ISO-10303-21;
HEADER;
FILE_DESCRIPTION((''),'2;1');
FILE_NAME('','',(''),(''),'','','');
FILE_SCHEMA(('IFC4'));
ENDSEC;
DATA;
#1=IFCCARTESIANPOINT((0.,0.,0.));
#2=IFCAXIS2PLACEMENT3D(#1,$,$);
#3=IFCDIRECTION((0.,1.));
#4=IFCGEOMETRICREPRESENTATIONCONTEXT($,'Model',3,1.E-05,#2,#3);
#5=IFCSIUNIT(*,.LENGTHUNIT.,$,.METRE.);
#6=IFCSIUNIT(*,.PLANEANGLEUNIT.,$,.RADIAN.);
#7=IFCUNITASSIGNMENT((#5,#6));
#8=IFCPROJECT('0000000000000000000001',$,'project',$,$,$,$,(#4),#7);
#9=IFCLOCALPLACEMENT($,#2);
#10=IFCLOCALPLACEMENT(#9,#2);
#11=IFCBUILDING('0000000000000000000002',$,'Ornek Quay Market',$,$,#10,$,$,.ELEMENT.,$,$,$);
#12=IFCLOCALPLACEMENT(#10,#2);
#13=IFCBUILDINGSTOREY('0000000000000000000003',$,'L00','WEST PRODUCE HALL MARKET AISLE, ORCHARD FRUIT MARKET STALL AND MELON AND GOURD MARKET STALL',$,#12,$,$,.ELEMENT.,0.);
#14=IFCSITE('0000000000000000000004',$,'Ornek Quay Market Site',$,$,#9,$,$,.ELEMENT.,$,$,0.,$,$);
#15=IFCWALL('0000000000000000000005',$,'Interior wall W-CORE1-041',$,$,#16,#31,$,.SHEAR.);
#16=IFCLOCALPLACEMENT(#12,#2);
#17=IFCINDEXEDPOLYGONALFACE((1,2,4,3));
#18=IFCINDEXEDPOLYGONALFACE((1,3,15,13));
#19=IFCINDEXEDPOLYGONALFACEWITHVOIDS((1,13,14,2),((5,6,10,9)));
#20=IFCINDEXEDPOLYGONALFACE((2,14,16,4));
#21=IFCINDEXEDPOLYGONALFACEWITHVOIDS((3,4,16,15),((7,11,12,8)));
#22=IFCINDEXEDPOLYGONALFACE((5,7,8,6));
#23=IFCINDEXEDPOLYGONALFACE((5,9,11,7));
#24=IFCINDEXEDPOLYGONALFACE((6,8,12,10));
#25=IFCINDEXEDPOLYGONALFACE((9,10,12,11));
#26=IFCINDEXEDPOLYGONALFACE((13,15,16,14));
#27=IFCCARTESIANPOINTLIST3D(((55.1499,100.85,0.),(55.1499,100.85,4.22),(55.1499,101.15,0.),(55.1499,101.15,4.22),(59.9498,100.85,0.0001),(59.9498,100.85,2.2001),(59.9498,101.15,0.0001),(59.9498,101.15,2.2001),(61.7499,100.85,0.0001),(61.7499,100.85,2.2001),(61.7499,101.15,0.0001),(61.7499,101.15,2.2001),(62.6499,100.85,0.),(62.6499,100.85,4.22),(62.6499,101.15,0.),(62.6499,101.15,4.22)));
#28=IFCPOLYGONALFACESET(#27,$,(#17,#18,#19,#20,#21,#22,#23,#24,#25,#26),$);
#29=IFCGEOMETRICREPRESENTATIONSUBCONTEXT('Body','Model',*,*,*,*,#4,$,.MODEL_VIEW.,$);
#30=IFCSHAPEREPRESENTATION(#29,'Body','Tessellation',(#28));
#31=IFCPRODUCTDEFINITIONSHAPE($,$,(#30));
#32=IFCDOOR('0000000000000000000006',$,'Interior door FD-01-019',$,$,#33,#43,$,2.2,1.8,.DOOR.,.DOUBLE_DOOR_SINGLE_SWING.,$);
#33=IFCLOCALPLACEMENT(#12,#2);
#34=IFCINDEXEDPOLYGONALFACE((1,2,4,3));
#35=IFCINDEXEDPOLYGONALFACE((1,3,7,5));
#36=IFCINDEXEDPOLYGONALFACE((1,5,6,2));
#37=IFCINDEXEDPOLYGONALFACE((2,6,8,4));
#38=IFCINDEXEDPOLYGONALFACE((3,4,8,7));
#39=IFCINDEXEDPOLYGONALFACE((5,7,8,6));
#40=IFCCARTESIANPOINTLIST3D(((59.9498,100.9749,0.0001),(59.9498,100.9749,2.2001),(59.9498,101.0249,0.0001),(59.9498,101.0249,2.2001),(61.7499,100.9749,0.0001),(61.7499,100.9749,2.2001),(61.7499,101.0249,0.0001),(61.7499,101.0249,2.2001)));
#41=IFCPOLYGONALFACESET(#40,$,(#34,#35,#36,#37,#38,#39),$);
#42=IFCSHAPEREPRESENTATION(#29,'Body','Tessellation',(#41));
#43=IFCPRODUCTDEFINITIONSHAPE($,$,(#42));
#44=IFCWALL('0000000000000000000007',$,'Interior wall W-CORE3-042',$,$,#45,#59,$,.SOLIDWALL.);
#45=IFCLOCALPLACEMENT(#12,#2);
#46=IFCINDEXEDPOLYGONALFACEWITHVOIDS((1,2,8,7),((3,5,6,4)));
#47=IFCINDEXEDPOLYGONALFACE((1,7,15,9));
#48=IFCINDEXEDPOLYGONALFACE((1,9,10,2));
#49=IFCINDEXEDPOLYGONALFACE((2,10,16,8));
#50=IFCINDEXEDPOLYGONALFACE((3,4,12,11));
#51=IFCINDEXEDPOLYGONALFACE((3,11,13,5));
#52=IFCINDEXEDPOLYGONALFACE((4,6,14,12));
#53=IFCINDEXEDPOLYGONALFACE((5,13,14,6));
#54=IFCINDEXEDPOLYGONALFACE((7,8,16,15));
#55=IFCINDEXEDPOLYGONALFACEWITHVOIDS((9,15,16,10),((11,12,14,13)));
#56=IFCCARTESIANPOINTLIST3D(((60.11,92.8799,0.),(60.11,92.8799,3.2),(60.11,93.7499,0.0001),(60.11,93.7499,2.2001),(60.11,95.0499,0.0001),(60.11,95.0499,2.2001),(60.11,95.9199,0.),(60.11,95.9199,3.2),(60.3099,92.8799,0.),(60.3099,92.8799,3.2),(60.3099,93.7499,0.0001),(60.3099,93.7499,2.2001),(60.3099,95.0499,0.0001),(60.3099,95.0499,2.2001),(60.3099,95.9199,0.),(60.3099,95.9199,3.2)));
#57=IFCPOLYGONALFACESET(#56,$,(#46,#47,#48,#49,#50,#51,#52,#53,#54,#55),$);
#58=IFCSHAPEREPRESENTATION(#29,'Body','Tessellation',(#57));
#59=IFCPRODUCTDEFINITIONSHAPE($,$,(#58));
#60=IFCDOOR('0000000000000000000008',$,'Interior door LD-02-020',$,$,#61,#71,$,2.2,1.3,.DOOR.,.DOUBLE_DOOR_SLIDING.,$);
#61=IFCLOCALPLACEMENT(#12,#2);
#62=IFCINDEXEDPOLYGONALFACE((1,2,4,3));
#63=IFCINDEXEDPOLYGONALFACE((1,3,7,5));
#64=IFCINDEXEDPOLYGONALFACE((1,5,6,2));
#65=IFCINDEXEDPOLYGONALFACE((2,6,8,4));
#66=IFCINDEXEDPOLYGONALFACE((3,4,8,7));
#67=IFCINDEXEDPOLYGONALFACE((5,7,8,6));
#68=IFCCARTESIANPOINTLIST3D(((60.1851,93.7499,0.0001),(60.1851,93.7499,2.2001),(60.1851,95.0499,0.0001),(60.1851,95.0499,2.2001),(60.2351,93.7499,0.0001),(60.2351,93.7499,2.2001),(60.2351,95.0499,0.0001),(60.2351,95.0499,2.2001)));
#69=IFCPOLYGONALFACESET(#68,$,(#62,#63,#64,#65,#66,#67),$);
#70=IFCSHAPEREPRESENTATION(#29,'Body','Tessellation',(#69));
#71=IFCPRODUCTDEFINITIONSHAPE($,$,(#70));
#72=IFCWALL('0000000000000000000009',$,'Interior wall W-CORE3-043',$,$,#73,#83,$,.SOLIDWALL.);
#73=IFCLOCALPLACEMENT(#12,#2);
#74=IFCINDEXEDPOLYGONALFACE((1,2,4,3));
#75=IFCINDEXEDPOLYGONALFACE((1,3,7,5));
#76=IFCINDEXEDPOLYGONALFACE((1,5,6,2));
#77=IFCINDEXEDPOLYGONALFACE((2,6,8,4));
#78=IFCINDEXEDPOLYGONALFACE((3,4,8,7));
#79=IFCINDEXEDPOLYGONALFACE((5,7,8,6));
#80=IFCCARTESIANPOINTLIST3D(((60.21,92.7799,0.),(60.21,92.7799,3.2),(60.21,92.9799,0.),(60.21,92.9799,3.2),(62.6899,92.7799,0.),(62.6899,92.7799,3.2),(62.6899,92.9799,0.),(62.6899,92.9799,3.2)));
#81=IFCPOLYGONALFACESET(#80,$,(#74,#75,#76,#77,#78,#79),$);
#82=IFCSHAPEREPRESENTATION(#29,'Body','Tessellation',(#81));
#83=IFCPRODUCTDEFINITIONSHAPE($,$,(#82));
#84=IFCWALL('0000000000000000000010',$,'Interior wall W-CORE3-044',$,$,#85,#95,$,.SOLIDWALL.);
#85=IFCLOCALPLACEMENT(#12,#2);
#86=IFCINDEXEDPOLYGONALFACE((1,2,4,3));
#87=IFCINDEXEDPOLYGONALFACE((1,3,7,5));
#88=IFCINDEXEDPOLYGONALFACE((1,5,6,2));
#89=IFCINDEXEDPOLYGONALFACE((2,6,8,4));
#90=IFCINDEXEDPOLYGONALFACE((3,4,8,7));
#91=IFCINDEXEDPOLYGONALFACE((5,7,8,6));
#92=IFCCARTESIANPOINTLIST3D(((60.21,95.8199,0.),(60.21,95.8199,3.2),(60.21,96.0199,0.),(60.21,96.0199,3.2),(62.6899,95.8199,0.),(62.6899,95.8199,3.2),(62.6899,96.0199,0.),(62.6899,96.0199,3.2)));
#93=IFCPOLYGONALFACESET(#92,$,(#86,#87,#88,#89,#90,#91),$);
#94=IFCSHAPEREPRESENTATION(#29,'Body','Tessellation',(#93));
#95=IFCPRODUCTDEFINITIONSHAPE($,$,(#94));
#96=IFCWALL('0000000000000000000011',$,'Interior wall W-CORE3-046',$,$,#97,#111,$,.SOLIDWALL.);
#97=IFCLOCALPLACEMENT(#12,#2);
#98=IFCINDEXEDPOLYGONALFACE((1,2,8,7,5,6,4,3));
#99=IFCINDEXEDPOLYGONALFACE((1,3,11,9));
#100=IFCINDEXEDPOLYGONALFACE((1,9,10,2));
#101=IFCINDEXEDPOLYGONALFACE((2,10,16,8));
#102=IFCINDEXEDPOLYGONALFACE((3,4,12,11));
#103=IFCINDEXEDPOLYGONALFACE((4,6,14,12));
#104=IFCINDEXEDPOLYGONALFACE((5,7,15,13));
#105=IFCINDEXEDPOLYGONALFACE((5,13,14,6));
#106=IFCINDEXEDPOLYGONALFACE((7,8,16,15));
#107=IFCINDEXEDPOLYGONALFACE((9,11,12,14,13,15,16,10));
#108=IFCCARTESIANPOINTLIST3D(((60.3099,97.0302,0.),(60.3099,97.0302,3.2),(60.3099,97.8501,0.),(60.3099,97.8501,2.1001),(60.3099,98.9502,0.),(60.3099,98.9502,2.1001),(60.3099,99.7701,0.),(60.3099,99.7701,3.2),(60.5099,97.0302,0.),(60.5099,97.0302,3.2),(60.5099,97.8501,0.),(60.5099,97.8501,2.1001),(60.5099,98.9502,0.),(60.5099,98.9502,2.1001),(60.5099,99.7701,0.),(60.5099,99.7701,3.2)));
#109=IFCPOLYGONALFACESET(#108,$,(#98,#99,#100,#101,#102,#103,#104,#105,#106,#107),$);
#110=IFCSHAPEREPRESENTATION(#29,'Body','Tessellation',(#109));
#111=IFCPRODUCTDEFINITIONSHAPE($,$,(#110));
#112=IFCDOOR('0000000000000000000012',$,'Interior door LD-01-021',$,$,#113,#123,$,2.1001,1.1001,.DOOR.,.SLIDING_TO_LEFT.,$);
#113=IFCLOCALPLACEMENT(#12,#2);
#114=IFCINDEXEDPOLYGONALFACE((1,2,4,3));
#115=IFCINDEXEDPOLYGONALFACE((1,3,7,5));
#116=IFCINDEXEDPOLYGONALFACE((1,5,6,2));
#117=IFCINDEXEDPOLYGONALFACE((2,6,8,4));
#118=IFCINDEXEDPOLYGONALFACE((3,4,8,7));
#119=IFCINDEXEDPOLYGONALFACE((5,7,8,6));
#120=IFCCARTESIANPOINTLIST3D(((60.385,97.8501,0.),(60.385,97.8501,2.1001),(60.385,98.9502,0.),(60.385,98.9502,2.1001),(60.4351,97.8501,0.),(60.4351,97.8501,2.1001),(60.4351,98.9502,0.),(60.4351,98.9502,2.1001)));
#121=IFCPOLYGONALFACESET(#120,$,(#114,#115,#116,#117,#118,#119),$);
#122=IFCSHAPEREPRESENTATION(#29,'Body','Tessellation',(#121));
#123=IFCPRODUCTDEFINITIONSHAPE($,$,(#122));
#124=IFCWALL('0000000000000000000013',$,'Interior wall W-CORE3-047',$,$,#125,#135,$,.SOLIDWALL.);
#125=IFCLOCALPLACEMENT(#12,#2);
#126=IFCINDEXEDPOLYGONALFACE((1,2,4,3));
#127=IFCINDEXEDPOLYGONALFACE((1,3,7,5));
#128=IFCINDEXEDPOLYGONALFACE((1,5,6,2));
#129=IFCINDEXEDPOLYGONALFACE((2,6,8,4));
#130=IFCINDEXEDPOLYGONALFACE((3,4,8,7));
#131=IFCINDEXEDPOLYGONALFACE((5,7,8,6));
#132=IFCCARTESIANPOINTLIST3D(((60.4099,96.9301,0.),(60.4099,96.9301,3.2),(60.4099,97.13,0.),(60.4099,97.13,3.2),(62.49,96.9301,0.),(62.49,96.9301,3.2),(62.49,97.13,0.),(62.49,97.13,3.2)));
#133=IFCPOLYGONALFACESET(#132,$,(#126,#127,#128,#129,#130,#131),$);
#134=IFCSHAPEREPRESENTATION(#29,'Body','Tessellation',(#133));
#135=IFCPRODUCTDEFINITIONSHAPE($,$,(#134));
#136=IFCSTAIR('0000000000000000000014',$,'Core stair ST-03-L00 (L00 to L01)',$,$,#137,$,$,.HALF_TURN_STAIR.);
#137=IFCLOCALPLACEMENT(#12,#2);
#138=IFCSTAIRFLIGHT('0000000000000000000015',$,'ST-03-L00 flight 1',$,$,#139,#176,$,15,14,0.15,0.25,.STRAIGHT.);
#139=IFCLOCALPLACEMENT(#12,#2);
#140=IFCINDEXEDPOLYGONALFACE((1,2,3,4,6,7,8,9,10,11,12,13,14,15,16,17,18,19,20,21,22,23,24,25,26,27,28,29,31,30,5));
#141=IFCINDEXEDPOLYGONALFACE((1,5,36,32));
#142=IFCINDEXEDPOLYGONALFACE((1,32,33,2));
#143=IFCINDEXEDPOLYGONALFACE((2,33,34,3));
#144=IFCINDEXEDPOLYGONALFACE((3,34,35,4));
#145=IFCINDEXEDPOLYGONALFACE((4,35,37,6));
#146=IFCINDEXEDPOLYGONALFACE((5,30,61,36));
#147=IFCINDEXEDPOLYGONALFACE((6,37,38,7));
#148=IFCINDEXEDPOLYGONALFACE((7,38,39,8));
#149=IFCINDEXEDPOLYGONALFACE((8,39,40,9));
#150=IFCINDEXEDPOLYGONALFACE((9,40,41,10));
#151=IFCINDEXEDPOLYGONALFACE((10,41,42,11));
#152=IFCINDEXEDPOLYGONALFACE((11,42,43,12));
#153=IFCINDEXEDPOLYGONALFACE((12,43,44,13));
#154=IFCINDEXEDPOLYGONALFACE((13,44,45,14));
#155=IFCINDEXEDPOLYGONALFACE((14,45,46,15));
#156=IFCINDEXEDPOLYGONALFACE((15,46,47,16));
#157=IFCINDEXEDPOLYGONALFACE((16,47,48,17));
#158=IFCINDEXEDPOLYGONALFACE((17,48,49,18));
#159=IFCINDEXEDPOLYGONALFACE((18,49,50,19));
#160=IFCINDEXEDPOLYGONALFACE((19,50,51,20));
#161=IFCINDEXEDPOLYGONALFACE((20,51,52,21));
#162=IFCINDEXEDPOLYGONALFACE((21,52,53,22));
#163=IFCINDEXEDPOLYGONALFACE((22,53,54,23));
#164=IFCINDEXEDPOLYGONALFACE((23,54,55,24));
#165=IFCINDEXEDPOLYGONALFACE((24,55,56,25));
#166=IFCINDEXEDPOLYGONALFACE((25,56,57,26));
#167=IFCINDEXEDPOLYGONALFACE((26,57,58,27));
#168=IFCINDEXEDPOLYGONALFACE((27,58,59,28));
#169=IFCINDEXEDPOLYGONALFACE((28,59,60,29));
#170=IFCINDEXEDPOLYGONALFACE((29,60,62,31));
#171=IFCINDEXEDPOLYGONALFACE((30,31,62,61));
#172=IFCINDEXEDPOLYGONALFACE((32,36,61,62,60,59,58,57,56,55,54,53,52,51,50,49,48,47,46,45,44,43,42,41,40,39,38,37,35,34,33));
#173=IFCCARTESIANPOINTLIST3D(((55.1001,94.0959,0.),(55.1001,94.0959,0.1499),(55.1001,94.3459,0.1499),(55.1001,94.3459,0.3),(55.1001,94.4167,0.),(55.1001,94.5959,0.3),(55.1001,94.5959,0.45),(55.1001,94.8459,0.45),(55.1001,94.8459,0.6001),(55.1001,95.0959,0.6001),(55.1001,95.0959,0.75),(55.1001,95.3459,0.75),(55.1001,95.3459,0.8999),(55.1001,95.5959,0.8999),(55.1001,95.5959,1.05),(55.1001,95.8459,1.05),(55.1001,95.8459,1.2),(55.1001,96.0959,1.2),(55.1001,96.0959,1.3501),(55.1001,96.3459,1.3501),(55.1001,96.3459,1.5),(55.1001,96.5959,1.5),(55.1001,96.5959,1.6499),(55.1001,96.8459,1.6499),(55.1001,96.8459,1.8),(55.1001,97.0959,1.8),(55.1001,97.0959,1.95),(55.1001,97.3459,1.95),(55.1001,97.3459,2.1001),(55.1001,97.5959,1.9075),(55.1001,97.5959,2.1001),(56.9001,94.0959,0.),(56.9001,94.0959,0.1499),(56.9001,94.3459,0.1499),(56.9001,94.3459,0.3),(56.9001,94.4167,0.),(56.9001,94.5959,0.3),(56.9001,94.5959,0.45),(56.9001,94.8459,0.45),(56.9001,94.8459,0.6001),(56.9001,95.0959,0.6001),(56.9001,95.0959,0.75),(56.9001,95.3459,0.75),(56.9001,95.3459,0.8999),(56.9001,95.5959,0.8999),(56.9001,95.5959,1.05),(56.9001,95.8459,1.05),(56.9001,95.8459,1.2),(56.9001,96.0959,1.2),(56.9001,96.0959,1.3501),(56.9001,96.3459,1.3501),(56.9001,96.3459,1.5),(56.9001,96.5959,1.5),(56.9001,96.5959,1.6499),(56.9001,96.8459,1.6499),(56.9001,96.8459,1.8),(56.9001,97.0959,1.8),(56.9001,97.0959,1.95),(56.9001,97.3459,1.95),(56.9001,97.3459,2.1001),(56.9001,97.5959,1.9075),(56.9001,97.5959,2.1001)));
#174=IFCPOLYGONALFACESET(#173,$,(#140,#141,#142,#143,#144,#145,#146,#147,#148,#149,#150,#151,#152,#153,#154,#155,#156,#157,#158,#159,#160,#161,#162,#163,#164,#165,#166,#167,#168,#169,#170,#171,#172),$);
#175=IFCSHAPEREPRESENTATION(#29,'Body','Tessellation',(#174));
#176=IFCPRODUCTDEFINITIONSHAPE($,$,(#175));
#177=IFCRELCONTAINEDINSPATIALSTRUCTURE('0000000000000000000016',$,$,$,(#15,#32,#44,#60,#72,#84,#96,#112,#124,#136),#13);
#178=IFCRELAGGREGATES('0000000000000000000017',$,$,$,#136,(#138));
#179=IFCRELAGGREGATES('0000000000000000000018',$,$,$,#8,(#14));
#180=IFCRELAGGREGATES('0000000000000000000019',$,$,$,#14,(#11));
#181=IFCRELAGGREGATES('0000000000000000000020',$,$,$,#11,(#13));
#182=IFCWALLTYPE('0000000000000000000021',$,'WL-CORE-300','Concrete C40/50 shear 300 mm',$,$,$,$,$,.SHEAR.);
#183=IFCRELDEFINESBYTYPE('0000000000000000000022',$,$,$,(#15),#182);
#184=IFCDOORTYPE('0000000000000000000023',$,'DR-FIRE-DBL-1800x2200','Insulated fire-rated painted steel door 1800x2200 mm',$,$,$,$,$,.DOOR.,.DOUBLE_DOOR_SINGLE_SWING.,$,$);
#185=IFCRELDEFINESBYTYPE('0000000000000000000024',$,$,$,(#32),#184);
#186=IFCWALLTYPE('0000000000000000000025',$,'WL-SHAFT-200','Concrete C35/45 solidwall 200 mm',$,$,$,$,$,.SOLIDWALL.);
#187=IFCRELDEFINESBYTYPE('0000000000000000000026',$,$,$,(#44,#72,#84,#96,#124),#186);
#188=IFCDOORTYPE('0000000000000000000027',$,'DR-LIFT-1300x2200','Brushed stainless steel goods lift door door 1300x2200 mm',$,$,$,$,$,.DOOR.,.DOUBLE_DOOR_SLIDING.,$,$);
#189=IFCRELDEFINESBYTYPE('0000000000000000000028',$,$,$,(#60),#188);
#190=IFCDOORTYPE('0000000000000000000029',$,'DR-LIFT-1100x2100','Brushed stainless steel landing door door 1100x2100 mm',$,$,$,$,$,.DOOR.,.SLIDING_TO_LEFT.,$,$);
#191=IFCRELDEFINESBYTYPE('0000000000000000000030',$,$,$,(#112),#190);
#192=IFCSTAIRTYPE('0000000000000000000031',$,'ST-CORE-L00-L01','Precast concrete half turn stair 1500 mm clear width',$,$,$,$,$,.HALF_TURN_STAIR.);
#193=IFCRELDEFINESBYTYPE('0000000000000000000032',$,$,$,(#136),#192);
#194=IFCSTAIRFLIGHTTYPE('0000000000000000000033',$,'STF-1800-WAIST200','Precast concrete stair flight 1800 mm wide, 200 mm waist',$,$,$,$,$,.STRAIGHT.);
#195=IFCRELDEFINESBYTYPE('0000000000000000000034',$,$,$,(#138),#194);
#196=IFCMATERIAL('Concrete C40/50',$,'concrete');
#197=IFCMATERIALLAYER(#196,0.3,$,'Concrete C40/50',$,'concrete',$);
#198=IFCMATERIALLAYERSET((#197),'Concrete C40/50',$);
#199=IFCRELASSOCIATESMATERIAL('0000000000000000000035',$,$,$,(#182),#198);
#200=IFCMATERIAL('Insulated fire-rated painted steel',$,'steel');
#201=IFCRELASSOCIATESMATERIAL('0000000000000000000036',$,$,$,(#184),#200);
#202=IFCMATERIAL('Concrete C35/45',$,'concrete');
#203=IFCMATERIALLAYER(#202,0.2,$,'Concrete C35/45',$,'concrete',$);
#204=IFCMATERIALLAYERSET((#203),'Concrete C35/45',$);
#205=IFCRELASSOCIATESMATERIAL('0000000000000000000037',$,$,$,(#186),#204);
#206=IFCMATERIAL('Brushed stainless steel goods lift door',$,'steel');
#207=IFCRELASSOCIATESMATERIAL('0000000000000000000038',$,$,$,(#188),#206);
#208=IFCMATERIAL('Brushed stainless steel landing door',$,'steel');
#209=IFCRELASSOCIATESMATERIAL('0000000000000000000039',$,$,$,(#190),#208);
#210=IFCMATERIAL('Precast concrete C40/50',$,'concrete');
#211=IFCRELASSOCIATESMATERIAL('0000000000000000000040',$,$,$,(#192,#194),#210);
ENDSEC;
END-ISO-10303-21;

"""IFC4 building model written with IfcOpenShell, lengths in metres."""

from ifc_helpers import new_model, si_unit, direction, frame, frame_2d, origin, place, context, subcontext, project, spatial, polyline, rectangle, outline, extrude, material, layer, layer_set, type_object, element, fill, aggregate, save


model = new_model("IFC4")

# Units and contexts
model_context = context("Model", 3, precision=1e-05, world=origin(), true_north=direction((0.0, 1.0)))
body_context = subcontext(model_context, "Body", "Model", "MODEL_VIEW")
ifc_project = project(units=[si_unit("LENGTHUNIT", "METRE"), si_unit("PLANEANGLEUNIT", "RADIAN")], contexts=[model_context])

# Site, building, storey
site_placement = place(None, origin())
site = spatial("IfcSite", under=ifc_project, at=site_placement, Name="Ornek Quay Market Site", CompositionType="ELEMENT", RefElevation=0.0)
building_placement = place(site_placement, origin())
building = spatial("IfcBuilding", under=site, at=building_placement, Name="Ornek Quay Market", CompositionType="ELEMENT")
storey_placement = place(building_placement, origin())
storey = spatial("IfcBuildingStorey", under=building, at=storey_placement, Name="L00", Description="WEST PRODUCE HALL MARKET AISLE, ORCHARD FRUIT MARKET STALL AND MELON AND GOURD MARKET STALL", CompositionType="ELEMENT", Elevation=0.0)

# Shared definitions
ifc_material_1 = material(Name="Concrete C40/50", Category="concrete")

# Shared definitions
ifc_material_2 = material(Name="Concrete C35/45", Category="concrete")

# Walls, openings, doors
ifc_layer_1 = layer(ifc_material_1, 0.3, Name="Concrete C40/50", Category="concrete")
ifc_layer_set_1 = layer_set([ifc_layer_1], Name="Concrete C40/50")
wall_type_1 = type_object("IfcWallType", Name="WL-CORE-300", Description="Concrete C40/50 shear 300 mm", PredefinedType="SHEAR", material=ifc_layer_set_1)
ifc_material_3 = material(Name="Insulated fire-rated painted steel", Category="steel")
wall_1_placement = place(storey_placement, frame((55.1499, 101.0, 0.0), z_axis=(0.0, 0.0, 1.0), x_axis=(1.0, 0.0, 0.0)))
wall_1 = element("IfcWall", 1, at=wall_1_placement, inside=storey, type_object=wall_type_1, Name="Interior wall W-CORE1-041", PredefinedType="SHEAR", context=body_context, shape_type="SweptSolid", body=[
    extrude(rectangle(XDim=7.5, YDim=0.3, at=frame_2d((3.75, 0.0))), origin(), (0.0, 0.0, 1.0), 4.22),
])
opening_1_placement = place(wall_1_placement, frame((4.8, 0.0, 0.0)))
opening_1 = element("IfcOpeningElement", 2, at=opening_1_placement, cuts=wall_1, PredefinedType="OPENING", context=body_context, shape_type="SweptSolid", body=[
    extrude(rectangle(XDim=1.8, YDim=2.2, at=frame_2d((0.8999, 1.1001))), frame((0.0, 0.1599, 0.0), z_axis=(0.0, -1.0, 0.0), x_axis=(1.0, 0.0, 0.0)), (0.0, 0.0, 1.0), 0.3201),
])
door_type_1 = type_object("IfcDoorType", Name="DR-FIRE-DBL-1800x2200", Description="Insulated fire-rated painted steel door 1800x2200 mm", OperationType="DOUBLE_DOOR_SINGLE_SWING", PredefinedType="DOOR", material=ifc_material_3)
door_1_placement = place(opening_1_placement, origin())
door_1 = element("IfcDoor", 3, at=door_1_placement, inside=storey, type_object=door_type_1, Name="Interior door FD-01-019", OperationType="DOUBLE_DOOR_SINGLE_SWING", OverallHeight=2.2, OverallWidth=1.8, PredefinedType="DOOR", context=body_context, shape_type="SweptSolid", body=[
    extrude(rectangle(XDim=1.8, YDim=2.2, at=frame_2d((0.8999, 1.1001))), frame((0.0, 0.0249, 0.0), z_axis=(0.0, -1.0, 0.0), x_axis=(1.0, 0.0, 0.0)), (0.0, 0.0, 1.0), 0.05),
])
fill(opening_1, door_1)
ifc_layer_2 = layer(ifc_material_2, 0.2, Name="Concrete C35/45", Category="concrete")
ifc_layer_set_2 = layer_set([ifc_layer_2], Name="Concrete C35/45")
wall_type_2 = type_object("IfcWallType", Name="WL-SHAFT-200", Description="Concrete C35/45 solidwall 200 mm", PredefinedType="SOLIDWALL", material=ifc_layer_set_2)
wall_2_placement = place(storey_placement, frame((60.21, 92.8799, 0.0), z_axis=(0.0, 0.0, 1.0), x_axis=(0.0, 1.0, 0.0)))
wall_2 = element("IfcWall", 4, at=wall_2_placement, inside=storey, type_object=wall_type_2, Name="Interior wall W-CORE3-042", PredefinedType="SOLIDWALL", context=body_context, shape_type="SweptSolid", body=[
    extrude(rectangle(XDim=3.04, YDim=0.2, at=frame_2d((1.52, 0.0))), origin(), (0.0, 0.0, 1.0), 3.2),
])
opening_2_placement = place(wall_2_placement, frame((0.8701, 0.0, 0.0)))
opening_2 = element("IfcOpeningElement", 5, at=opening_2_placement, cuts=wall_2, PredefinedType="OPENING", context=body_context, shape_type="SweptSolid", body=[
    extrude(rectangle(XDim=1.3, YDim=2.2, at=frame_2d((0.6499, 1.1001))), frame((0.0, 0.1099, 0.0), z_axis=(0.0, -1.0, 0.0), x_axis=(1.0, 0.0, 0.0)), (0.0, 0.0, 1.0), 0.22),
])
ifc_material_4 = material(Name="Brushed stainless steel goods lift door", Category="steel")
door_type_2 = type_object("IfcDoorType", Name="DR-LIFT-1300x2200", Description="Brushed stainless steel goods lift door door 1300x2200 mm", OperationType="DOUBLE_DOOR_SLIDING", PredefinedType="DOOR", material=ifc_material_4)
door_2_placement = place(opening_2_placement, origin())
door_2 = element("IfcDoor", 6, at=door_2_placement, inside=storey, type_object=door_type_2, Name="Interior door LD-02-020", OperationType="DOUBLE_DOOR_SLIDING", OverallHeight=2.2, OverallWidth=1.3, PredefinedType="DOOR", context=body_context, shape_type="SweptSolid", body=[
    extrude(rectangle(XDim=1.3, YDim=2.2, at=frame_2d((0.6499, 1.1001))), frame((0.0, 0.0249, 0.0), z_axis=(0.0, -1.0, 0.0), x_axis=(1.0, 0.0, 0.0)), (0.0, 0.0, 1.0), 0.05),
])
fill(opening_2, door_2)

# Walls
for number, where, z_axis, x_axis, name in (
    (7, (60.21, 92.8799, 0.0), (0.0, 0.0, 1.0), (1.0, 0.0, 0.0), "Interior wall W-CORE3-043"),
    (8, (60.21, 95.9199, 0.0), (0.0, 0.0, 1.0), (1.0, 0.0, 0.0), "Interior wall W-CORE3-044"),
):
    element("IfcWall", number, at=place(storey_placement, frame(where, z_axis=z_axis, x_axis=x_axis)), inside=storey, type_object=wall_type_2, Name=name, PredefinedType="SOLIDWALL", context=body_context, shape_type="SweptSolid", body=[
        extrude(rectangle(XDim=2.48, YDim=0.2, at=frame_2d((1.24, 0.0))), origin(), (0.0, 0.0, 1.0), 3.2),
    ])

# Wall, opening, door
wall_3_placement = place(storey_placement, frame((60.4099, 97.03, 0.0), z_axis=(0.0, 0.0, 1.0), x_axis=(0.0, 1.0, 0.0)))
wall_3 = element("IfcWall", 9, at=wall_3_placement, inside=storey, type_object=wall_type_2, Name="Interior wall W-CORE3-046", PredefinedType="SOLIDWALL", context=body_context, shape_type="SweptSolid", body=[
    extrude(rectangle(XDim=2.74, YDim=0.2, at=frame_2d((1.3701, 0.0))), origin(), (0.0, 0.0, 1.0), 3.2),
])
opening_3_placement = place(wall_3_placement, frame((0.8201, 0.0, 0.0)))
opening_3 = element("IfcOpeningElement", 10, at=opening_3_placement, cuts=wall_3, PredefinedType="OPENING", context=body_context, shape_type="SweptSolid", body=[
    extrude(rectangle(XDim=1.1001, YDim=2.1001, at=frame_2d((0.55, 1.05))), frame((0.0, 0.1099, 0.0), z_axis=(0.0, -1.0, 0.0), x_axis=(1.0, 0.0, 0.0)), (0.0, 0.0, 1.0), 0.22),
])
ifc_material_5 = material(Name="Brushed stainless steel landing door", Category="steel")
door_type_3 = type_object("IfcDoorType", Name="DR-LIFT-1100x2100", Description="Brushed stainless steel landing door door 1100x2100 mm", OperationType="SLIDING_TO_LEFT", PredefinedType="DOOR", material=ifc_material_5)
door_3_placement = place(opening_3_placement, origin())
door_3 = element("IfcDoor", 11, at=door_3_placement, inside=storey, type_object=door_type_3, Name="Interior door LD-01-021", OperationType="SLIDING_TO_LEFT", OverallHeight=2.1001, OverallWidth=1.1001, PredefinedType="DOOR", context=body_context, shape_type="SweptSolid", body=[
    extrude(rectangle(XDim=1.1001, YDim=2.1001, at=frame_2d((0.55, 1.05))), frame((0.0, 0.0249, 0.0), z_axis=(0.0, -1.0, 0.0), x_axis=(1.0, 0.0, 0.0)), (0.0, 0.0, 1.0), 0.05),
])
fill(opening_3, door_3)

# Wall
wall_4_placement = place(storey_placement, frame((60.4099, 97.03, 0.0), z_axis=(0.0, 0.0, 1.0), x_axis=(1.0, 0.0, 0.0)))
element("IfcWall", 12, at=wall_4_placement, inside=storey, type_object=wall_type_2, Name="Interior wall W-CORE3-047", PredefinedType="SOLIDWALL", context=body_context, shape_type="SweptSolid", body=[
    extrude(rectangle(XDim=2.0801, YDim=0.2, at=frame_2d((1.04, 0.0))), origin(), (0.0, 0.0, 1.0), 3.2),
])

# Stair, stair flight
ifc_material_6 = material(Name="Precast concrete C40/50", Category="concrete")
stair_type = type_object("IfcStairType", Name="ST-CORE-L00-L01", Description="Precast concrete half turn stair 1500 mm clear width", PredefinedType="HALF_TURN_STAIR", material=ifc_material_6)
stair_placement = place(storey_placement, origin())
stair = element("IfcStair", 13, at=stair_placement, inside=storey, type_object=stair_type, Name="Core stair ST-03-L00 (L00 to L01)", PredefinedType="HALF_TURN_STAIR")
stair_flight_type = type_object("IfcStairFlightType", Name="STF-1800-WAIST200", Description="Precast concrete stair flight 1800 mm wide, 200 mm waist", PredefinedType="STRAIGHT", material=ifc_material_6)
stair_flight_1_placement = place(storey_placement, frame((56.0, 94.0959, 0.0), z_axis=(0.0, 0.0, 1.0), x_axis=(0.0, 1.0, 0.0)))
stair_flight_1 = element("IfcStairFlight", 14, at=stair_flight_1_placement, type_object=stair_flight_type, Name="ST-03-L00 flight 1", NumberOfRisers=15, NumberOfTreads=14, PredefinedType="STRAIGHT", RiserHeight=0.15, TreadLength=0.25, context=body_context, shape_type="SweptSolid", body=[
    extrude(outline(polyline([(0.0, 0.0), (0.0, 0.1499), (0.25, 0.1499), (0.25, 0.3), (0.5, 0.3), (0.5, 0.45), (0.75, 0.45), (0.75, 0.6001), (1.0, 0.6001), (1.0, 0.75), (1.25, 0.75), (1.25, 0.8999), (1.5, 0.8999), (1.5, 1.05), (1.75, 1.05), (1.75, 1.2), (2.0, 1.2), (2.0, 1.3501), (2.25, 1.3501), (2.25, 1.5), (2.5, 1.5), (2.5, 1.6499), (2.75, 1.6499), (2.75, 1.8), (3.0, 1.8), (3.0, 1.95), (3.25, 1.95), (3.25, 2.1001), (3.5, 2.1001), (3.5, 2.25), (3.5, 1.9075), (0.3208, 0.0), (0.0, 0.0)])), frame((0.0, 0.8999, 0.0), z_axis=(0.0, -1.0, 0.0), x_axis=(1.0, 0.0, 0.0)), (0.0, 0.0, 1.0), 1.8),
])
aggregate(stair, [stair_flight_1])

save(model, "model.ifc")
